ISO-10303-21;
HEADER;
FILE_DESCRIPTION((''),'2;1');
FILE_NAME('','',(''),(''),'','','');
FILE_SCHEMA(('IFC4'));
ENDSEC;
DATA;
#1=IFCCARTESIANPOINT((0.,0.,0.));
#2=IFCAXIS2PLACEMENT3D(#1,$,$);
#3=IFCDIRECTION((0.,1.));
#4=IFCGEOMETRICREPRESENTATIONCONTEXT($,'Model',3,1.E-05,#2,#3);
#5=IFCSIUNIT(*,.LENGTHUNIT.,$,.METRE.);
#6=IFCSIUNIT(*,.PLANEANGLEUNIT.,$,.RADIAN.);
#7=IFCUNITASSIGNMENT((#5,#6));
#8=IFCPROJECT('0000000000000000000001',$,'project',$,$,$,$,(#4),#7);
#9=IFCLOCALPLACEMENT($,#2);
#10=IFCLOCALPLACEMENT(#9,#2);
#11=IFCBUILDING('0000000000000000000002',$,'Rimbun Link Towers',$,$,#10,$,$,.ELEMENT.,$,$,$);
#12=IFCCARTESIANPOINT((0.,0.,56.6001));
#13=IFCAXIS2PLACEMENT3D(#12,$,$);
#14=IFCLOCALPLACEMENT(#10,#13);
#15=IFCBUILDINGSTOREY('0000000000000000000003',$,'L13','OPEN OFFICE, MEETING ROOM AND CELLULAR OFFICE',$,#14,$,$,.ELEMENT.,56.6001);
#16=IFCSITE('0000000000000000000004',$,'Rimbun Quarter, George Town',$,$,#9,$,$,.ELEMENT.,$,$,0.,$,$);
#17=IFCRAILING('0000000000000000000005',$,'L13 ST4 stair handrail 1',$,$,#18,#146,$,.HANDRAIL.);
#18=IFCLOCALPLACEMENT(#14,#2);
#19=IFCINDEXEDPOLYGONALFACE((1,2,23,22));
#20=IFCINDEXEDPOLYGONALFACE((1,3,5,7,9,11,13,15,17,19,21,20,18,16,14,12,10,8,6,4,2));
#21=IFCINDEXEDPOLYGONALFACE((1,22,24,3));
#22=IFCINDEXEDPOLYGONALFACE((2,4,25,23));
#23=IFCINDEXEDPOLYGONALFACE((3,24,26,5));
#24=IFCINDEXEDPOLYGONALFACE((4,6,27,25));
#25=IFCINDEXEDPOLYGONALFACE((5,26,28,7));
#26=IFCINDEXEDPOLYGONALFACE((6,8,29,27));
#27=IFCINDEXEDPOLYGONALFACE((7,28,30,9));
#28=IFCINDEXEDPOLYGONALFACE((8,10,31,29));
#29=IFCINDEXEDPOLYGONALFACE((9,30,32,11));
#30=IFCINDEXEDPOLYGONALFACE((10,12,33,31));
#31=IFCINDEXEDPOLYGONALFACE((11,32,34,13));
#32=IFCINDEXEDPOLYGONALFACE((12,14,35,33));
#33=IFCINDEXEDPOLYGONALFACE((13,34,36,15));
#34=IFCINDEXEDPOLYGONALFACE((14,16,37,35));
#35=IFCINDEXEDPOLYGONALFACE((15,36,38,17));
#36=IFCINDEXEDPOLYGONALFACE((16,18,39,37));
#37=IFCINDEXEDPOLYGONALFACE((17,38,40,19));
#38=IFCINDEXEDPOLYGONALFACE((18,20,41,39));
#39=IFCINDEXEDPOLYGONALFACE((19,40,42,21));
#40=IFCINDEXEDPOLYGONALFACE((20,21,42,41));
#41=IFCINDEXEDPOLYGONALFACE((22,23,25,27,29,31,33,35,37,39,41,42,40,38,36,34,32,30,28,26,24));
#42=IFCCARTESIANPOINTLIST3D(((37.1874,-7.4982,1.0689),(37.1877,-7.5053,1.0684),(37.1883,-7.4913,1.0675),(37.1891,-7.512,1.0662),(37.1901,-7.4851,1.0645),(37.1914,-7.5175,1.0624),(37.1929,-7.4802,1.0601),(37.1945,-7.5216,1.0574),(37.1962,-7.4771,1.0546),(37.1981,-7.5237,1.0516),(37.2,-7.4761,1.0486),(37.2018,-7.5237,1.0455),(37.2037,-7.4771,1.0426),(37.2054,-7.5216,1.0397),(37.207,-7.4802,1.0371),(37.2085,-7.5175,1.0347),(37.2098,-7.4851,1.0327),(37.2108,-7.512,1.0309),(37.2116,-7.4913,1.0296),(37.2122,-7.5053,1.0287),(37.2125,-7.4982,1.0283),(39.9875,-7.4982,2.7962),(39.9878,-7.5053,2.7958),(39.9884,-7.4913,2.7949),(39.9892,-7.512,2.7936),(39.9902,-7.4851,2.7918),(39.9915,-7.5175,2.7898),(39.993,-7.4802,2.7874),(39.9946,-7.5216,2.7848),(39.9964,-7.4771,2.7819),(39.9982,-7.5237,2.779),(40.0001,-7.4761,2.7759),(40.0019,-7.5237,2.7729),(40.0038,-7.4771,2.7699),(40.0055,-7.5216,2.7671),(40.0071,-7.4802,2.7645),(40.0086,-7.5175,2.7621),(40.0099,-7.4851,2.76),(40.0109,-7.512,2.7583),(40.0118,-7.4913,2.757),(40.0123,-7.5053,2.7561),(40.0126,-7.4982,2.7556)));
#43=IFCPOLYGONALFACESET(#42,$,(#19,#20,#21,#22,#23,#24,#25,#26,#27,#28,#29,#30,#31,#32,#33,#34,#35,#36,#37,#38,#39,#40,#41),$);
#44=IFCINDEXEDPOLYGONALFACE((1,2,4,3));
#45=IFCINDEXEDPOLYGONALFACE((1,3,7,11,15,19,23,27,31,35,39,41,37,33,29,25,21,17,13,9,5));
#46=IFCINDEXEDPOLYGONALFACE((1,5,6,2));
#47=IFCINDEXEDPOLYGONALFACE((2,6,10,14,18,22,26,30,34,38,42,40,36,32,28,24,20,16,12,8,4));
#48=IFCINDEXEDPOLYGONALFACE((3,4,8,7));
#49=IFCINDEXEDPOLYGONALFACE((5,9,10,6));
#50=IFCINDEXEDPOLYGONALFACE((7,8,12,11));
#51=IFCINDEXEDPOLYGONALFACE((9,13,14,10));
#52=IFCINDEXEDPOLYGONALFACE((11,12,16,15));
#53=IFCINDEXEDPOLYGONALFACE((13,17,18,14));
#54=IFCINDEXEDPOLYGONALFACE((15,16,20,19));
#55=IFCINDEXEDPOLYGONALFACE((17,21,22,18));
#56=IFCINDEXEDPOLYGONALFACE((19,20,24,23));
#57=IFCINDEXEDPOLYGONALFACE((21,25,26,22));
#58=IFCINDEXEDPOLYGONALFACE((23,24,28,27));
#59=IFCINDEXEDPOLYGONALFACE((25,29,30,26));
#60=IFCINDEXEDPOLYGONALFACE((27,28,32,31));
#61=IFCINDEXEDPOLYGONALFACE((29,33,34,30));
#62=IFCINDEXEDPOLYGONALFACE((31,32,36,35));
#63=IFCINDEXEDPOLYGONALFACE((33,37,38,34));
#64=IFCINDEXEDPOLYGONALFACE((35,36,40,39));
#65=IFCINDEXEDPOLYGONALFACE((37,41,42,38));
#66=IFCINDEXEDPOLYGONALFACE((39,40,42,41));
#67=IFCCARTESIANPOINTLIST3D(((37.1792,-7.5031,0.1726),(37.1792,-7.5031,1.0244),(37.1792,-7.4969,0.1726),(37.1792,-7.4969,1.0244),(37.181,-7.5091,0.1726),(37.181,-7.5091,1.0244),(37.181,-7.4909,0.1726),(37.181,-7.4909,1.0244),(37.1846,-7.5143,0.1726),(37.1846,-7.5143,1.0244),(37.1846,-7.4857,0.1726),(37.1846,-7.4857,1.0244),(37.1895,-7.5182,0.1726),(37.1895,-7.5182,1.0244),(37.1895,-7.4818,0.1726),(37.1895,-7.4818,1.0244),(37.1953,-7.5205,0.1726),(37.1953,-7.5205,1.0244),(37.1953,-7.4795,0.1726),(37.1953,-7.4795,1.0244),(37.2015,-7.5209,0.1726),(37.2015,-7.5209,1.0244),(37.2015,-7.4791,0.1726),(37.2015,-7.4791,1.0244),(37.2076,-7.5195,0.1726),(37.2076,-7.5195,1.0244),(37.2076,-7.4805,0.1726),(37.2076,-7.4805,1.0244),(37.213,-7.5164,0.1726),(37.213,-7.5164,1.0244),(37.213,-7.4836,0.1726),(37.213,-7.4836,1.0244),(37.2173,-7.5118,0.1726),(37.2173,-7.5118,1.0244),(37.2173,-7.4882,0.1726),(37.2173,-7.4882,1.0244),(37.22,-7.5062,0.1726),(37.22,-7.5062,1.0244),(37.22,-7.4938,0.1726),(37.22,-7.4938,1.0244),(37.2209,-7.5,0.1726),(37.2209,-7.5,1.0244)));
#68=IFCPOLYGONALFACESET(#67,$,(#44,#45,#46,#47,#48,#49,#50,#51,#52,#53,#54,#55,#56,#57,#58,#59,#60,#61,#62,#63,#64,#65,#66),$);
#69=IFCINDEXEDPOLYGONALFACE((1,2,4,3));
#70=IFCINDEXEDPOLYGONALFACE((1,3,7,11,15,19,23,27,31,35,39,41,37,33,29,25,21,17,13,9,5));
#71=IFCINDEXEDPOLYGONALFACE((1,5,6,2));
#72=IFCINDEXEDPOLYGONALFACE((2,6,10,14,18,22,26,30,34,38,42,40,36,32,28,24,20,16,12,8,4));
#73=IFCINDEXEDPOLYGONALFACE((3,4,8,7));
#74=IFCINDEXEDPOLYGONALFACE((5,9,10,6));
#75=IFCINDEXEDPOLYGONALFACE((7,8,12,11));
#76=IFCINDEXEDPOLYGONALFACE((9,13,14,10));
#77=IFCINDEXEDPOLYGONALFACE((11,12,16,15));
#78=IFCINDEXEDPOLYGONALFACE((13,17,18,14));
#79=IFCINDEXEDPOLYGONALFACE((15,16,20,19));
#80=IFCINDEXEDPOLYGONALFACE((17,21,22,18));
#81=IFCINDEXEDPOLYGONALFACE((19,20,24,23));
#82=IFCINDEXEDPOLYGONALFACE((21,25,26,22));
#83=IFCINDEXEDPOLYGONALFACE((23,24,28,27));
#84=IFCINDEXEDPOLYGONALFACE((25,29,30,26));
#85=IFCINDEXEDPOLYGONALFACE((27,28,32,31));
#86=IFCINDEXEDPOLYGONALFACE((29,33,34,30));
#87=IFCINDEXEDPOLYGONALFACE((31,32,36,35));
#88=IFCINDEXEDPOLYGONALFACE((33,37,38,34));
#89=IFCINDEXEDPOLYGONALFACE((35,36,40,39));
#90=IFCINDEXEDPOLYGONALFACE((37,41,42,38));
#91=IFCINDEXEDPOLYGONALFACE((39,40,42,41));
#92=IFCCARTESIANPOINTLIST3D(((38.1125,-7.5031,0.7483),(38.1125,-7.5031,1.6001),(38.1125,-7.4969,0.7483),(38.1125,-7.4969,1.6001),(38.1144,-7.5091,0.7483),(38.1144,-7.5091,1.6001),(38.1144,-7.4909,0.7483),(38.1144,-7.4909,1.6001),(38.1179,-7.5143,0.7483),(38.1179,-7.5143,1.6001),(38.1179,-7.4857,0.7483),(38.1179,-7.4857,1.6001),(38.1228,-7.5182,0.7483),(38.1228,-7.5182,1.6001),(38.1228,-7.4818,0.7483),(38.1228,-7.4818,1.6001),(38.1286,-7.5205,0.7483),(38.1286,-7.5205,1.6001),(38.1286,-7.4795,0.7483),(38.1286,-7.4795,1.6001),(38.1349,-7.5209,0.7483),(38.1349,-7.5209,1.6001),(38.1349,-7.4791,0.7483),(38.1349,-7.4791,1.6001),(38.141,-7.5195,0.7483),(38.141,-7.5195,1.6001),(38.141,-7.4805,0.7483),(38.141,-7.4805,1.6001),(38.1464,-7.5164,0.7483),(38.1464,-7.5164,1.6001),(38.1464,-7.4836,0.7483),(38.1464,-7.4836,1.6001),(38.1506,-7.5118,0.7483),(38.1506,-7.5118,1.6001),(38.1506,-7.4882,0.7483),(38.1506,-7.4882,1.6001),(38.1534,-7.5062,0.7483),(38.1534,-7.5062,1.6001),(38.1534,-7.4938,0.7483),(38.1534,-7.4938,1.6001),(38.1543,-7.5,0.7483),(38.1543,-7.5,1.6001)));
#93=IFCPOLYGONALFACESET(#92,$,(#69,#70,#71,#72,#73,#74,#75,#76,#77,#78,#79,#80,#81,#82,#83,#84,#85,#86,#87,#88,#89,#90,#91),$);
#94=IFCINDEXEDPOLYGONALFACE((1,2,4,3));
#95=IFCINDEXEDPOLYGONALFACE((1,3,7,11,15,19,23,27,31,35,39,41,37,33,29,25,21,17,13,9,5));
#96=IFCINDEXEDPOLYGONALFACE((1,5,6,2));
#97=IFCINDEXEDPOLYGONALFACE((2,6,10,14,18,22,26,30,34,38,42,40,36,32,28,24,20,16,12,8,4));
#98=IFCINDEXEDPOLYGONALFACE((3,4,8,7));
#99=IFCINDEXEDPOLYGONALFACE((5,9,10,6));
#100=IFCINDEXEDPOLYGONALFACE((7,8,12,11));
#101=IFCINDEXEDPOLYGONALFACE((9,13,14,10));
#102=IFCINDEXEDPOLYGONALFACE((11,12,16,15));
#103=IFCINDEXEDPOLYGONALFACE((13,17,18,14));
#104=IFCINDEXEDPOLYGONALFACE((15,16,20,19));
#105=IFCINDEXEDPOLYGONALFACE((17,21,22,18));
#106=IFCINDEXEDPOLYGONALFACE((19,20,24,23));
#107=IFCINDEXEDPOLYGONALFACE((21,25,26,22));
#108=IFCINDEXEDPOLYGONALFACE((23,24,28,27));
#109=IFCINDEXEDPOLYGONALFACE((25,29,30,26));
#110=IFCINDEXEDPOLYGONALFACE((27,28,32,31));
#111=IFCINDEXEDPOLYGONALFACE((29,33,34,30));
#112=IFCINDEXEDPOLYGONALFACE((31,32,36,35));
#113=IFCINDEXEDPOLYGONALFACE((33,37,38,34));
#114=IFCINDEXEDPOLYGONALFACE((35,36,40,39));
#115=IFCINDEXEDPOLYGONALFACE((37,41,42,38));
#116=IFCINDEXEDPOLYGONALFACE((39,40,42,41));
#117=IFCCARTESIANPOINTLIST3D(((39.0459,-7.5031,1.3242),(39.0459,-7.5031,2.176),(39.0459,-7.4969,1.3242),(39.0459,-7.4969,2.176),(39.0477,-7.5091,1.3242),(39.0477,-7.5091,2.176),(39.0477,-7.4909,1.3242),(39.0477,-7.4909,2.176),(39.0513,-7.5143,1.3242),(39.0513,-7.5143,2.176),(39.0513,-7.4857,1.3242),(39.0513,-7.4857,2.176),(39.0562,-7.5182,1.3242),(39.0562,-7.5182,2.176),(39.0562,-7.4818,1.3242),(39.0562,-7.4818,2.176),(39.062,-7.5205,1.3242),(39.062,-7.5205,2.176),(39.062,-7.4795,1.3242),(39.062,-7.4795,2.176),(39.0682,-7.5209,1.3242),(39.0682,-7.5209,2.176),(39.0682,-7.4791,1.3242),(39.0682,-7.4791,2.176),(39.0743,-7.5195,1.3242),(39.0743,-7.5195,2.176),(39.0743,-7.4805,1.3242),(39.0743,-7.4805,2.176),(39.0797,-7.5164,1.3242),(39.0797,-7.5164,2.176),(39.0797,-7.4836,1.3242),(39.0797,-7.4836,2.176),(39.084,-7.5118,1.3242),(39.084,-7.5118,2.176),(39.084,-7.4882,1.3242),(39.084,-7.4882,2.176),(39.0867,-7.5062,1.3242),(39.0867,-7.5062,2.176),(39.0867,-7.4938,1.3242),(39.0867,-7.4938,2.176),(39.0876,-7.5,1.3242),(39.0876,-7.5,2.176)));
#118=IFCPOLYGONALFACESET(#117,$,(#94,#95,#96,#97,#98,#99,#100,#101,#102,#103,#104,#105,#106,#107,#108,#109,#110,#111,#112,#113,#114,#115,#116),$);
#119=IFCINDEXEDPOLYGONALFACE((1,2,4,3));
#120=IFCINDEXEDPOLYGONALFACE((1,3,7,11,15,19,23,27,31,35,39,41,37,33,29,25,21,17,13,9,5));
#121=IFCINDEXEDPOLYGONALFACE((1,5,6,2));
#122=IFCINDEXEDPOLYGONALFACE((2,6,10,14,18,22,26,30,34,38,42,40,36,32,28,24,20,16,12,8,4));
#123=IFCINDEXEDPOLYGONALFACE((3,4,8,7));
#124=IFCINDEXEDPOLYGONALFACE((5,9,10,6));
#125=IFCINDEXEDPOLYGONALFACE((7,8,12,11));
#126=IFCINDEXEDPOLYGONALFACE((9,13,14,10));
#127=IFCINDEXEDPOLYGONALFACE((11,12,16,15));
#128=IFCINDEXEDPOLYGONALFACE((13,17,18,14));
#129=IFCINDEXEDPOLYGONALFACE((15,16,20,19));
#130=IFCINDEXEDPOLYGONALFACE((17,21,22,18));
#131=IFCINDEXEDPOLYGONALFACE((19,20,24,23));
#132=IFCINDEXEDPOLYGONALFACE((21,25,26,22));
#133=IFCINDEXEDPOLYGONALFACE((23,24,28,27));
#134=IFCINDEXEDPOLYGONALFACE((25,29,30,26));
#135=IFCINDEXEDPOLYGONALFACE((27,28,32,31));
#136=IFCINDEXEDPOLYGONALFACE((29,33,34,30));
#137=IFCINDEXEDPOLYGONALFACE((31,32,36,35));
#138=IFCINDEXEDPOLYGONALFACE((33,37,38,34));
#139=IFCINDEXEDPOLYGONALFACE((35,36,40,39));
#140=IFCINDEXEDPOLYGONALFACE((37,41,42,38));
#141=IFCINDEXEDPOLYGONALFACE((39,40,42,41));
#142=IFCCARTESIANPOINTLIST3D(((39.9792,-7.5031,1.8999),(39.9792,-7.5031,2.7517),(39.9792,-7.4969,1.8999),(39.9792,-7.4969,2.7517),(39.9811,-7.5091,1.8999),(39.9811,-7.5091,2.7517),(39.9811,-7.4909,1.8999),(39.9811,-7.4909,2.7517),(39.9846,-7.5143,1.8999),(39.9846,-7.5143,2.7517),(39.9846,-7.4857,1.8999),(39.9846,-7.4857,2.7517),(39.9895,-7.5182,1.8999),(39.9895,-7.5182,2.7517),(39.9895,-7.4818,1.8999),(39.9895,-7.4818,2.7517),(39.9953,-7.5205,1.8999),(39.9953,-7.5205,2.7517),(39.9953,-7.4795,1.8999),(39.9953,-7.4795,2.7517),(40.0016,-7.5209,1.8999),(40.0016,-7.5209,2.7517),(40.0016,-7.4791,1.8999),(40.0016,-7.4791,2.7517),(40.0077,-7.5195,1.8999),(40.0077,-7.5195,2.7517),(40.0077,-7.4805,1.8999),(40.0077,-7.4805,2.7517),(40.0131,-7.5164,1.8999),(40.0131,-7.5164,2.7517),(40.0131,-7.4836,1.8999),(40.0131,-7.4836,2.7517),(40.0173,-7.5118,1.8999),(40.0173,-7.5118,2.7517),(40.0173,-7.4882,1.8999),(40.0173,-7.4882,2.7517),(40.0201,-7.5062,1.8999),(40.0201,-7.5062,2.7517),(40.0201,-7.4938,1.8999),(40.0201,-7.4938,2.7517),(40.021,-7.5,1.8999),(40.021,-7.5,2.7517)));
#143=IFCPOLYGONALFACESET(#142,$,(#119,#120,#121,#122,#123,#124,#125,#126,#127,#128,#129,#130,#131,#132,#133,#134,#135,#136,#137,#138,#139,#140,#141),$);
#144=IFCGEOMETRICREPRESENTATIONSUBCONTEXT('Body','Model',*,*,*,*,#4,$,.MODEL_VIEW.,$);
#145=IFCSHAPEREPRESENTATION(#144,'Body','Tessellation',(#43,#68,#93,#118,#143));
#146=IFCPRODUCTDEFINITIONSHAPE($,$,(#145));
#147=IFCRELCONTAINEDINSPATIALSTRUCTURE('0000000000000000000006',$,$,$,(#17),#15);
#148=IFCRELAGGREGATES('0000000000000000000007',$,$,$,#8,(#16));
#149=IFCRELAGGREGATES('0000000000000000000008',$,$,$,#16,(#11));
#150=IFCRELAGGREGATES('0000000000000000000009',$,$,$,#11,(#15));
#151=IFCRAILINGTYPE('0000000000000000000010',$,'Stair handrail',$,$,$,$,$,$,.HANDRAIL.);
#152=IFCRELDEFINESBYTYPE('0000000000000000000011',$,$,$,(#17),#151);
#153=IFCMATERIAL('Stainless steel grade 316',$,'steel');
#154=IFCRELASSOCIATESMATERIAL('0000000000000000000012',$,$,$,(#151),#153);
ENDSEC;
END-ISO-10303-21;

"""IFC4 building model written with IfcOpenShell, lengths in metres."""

from ifc_helpers import new_model, si_unit, direction, frame, origin, origin_2d, place, context, subcontext, project, spatial, circle, extrude, material, type_object, element, save


model = new_model("IFC4")

# Units and contexts
model_context = context("Model", 3, precision=1e-05, world=origin(), true_north=direction((0.0, 1.0)))
body_context = subcontext(model_context, "Body", "Model", "MODEL_VIEW")
ifc_project = project(units=[si_unit("LENGTHUNIT", "METRE"), si_unit("PLANEANGLEUNIT", "RADIAN")], contexts=[model_context])

# Site, building, storey
site_placement = place(None, origin())
site = spatial("IfcSite", under=ifc_project, at=site_placement, Name="Rimbun Quarter, George Town", CompositionType="ELEMENT", RefElevation=0.0)
building_placement = place(site_placement, origin())
building = spatial("IfcBuilding", under=site, at=building_placement, Name="Rimbun Link Towers", CompositionType="ELEMENT")
storey_placement = place(building_placement, frame((0.0, 0.0, 56.6001)))
storey = spatial("IfcBuildingStorey", under=building, at=storey_placement, Name="L13", Description="OPEN OFFICE, MEETING ROOM AND CELLULAR OFFICE", CompositionType="ELEMENT", Elevation=56.6001)

# Railing
ifc_material_1 = material(Name="Stainless steel grade 316", Category="steel")
railing_type_1 = type_object("IfcRailingType", Name="Stair handrail", PredefinedType="HANDRAIL", material=ifc_material_1)
railing_1_placement = place(storey_placement, frame((37.2, -7.5, 0.1726)))
element("IfcRailing", 1, at=railing_1_placement, inside=storey, type_object=railing_type_1, Name="L13 ST4 stair handrail 1", PredefinedType="HANDRAIL", context=body_context, shape_type="SweptSolid", body=[
    extrude(circle(Radius=0.0239, at=origin_2d()), frame((0.0, 0.0, 0.876), z_axis=(0.85109, 0.0, 0.52502), x_axis=(0.0, 1.0, 0.0)), (0.0, 0.0, 1.0), 3.29),
    extrude(circle(Radius=0.021, at=origin_2d()), origin(), (0.0, 0.0, 1.0), 0.8518),
    extrude(circle(Radius=0.021, at=origin_2d()), frame((0.9333, 0.0, 0.5757)), (0.0, 0.0, 1.0), 0.8518),
    extrude(circle(Radius=0.021, at=origin_2d()), frame((1.8667, 0.0, 1.1516)), (0.0, 0.0, 1.0), 0.8518),
    extrude(circle(Radius=0.021, at=origin_2d()), frame((2.8, 0.0, 1.7273)), (0.0, 0.0, 1.0), 0.8518),
])

save(model, "model.ifc")
